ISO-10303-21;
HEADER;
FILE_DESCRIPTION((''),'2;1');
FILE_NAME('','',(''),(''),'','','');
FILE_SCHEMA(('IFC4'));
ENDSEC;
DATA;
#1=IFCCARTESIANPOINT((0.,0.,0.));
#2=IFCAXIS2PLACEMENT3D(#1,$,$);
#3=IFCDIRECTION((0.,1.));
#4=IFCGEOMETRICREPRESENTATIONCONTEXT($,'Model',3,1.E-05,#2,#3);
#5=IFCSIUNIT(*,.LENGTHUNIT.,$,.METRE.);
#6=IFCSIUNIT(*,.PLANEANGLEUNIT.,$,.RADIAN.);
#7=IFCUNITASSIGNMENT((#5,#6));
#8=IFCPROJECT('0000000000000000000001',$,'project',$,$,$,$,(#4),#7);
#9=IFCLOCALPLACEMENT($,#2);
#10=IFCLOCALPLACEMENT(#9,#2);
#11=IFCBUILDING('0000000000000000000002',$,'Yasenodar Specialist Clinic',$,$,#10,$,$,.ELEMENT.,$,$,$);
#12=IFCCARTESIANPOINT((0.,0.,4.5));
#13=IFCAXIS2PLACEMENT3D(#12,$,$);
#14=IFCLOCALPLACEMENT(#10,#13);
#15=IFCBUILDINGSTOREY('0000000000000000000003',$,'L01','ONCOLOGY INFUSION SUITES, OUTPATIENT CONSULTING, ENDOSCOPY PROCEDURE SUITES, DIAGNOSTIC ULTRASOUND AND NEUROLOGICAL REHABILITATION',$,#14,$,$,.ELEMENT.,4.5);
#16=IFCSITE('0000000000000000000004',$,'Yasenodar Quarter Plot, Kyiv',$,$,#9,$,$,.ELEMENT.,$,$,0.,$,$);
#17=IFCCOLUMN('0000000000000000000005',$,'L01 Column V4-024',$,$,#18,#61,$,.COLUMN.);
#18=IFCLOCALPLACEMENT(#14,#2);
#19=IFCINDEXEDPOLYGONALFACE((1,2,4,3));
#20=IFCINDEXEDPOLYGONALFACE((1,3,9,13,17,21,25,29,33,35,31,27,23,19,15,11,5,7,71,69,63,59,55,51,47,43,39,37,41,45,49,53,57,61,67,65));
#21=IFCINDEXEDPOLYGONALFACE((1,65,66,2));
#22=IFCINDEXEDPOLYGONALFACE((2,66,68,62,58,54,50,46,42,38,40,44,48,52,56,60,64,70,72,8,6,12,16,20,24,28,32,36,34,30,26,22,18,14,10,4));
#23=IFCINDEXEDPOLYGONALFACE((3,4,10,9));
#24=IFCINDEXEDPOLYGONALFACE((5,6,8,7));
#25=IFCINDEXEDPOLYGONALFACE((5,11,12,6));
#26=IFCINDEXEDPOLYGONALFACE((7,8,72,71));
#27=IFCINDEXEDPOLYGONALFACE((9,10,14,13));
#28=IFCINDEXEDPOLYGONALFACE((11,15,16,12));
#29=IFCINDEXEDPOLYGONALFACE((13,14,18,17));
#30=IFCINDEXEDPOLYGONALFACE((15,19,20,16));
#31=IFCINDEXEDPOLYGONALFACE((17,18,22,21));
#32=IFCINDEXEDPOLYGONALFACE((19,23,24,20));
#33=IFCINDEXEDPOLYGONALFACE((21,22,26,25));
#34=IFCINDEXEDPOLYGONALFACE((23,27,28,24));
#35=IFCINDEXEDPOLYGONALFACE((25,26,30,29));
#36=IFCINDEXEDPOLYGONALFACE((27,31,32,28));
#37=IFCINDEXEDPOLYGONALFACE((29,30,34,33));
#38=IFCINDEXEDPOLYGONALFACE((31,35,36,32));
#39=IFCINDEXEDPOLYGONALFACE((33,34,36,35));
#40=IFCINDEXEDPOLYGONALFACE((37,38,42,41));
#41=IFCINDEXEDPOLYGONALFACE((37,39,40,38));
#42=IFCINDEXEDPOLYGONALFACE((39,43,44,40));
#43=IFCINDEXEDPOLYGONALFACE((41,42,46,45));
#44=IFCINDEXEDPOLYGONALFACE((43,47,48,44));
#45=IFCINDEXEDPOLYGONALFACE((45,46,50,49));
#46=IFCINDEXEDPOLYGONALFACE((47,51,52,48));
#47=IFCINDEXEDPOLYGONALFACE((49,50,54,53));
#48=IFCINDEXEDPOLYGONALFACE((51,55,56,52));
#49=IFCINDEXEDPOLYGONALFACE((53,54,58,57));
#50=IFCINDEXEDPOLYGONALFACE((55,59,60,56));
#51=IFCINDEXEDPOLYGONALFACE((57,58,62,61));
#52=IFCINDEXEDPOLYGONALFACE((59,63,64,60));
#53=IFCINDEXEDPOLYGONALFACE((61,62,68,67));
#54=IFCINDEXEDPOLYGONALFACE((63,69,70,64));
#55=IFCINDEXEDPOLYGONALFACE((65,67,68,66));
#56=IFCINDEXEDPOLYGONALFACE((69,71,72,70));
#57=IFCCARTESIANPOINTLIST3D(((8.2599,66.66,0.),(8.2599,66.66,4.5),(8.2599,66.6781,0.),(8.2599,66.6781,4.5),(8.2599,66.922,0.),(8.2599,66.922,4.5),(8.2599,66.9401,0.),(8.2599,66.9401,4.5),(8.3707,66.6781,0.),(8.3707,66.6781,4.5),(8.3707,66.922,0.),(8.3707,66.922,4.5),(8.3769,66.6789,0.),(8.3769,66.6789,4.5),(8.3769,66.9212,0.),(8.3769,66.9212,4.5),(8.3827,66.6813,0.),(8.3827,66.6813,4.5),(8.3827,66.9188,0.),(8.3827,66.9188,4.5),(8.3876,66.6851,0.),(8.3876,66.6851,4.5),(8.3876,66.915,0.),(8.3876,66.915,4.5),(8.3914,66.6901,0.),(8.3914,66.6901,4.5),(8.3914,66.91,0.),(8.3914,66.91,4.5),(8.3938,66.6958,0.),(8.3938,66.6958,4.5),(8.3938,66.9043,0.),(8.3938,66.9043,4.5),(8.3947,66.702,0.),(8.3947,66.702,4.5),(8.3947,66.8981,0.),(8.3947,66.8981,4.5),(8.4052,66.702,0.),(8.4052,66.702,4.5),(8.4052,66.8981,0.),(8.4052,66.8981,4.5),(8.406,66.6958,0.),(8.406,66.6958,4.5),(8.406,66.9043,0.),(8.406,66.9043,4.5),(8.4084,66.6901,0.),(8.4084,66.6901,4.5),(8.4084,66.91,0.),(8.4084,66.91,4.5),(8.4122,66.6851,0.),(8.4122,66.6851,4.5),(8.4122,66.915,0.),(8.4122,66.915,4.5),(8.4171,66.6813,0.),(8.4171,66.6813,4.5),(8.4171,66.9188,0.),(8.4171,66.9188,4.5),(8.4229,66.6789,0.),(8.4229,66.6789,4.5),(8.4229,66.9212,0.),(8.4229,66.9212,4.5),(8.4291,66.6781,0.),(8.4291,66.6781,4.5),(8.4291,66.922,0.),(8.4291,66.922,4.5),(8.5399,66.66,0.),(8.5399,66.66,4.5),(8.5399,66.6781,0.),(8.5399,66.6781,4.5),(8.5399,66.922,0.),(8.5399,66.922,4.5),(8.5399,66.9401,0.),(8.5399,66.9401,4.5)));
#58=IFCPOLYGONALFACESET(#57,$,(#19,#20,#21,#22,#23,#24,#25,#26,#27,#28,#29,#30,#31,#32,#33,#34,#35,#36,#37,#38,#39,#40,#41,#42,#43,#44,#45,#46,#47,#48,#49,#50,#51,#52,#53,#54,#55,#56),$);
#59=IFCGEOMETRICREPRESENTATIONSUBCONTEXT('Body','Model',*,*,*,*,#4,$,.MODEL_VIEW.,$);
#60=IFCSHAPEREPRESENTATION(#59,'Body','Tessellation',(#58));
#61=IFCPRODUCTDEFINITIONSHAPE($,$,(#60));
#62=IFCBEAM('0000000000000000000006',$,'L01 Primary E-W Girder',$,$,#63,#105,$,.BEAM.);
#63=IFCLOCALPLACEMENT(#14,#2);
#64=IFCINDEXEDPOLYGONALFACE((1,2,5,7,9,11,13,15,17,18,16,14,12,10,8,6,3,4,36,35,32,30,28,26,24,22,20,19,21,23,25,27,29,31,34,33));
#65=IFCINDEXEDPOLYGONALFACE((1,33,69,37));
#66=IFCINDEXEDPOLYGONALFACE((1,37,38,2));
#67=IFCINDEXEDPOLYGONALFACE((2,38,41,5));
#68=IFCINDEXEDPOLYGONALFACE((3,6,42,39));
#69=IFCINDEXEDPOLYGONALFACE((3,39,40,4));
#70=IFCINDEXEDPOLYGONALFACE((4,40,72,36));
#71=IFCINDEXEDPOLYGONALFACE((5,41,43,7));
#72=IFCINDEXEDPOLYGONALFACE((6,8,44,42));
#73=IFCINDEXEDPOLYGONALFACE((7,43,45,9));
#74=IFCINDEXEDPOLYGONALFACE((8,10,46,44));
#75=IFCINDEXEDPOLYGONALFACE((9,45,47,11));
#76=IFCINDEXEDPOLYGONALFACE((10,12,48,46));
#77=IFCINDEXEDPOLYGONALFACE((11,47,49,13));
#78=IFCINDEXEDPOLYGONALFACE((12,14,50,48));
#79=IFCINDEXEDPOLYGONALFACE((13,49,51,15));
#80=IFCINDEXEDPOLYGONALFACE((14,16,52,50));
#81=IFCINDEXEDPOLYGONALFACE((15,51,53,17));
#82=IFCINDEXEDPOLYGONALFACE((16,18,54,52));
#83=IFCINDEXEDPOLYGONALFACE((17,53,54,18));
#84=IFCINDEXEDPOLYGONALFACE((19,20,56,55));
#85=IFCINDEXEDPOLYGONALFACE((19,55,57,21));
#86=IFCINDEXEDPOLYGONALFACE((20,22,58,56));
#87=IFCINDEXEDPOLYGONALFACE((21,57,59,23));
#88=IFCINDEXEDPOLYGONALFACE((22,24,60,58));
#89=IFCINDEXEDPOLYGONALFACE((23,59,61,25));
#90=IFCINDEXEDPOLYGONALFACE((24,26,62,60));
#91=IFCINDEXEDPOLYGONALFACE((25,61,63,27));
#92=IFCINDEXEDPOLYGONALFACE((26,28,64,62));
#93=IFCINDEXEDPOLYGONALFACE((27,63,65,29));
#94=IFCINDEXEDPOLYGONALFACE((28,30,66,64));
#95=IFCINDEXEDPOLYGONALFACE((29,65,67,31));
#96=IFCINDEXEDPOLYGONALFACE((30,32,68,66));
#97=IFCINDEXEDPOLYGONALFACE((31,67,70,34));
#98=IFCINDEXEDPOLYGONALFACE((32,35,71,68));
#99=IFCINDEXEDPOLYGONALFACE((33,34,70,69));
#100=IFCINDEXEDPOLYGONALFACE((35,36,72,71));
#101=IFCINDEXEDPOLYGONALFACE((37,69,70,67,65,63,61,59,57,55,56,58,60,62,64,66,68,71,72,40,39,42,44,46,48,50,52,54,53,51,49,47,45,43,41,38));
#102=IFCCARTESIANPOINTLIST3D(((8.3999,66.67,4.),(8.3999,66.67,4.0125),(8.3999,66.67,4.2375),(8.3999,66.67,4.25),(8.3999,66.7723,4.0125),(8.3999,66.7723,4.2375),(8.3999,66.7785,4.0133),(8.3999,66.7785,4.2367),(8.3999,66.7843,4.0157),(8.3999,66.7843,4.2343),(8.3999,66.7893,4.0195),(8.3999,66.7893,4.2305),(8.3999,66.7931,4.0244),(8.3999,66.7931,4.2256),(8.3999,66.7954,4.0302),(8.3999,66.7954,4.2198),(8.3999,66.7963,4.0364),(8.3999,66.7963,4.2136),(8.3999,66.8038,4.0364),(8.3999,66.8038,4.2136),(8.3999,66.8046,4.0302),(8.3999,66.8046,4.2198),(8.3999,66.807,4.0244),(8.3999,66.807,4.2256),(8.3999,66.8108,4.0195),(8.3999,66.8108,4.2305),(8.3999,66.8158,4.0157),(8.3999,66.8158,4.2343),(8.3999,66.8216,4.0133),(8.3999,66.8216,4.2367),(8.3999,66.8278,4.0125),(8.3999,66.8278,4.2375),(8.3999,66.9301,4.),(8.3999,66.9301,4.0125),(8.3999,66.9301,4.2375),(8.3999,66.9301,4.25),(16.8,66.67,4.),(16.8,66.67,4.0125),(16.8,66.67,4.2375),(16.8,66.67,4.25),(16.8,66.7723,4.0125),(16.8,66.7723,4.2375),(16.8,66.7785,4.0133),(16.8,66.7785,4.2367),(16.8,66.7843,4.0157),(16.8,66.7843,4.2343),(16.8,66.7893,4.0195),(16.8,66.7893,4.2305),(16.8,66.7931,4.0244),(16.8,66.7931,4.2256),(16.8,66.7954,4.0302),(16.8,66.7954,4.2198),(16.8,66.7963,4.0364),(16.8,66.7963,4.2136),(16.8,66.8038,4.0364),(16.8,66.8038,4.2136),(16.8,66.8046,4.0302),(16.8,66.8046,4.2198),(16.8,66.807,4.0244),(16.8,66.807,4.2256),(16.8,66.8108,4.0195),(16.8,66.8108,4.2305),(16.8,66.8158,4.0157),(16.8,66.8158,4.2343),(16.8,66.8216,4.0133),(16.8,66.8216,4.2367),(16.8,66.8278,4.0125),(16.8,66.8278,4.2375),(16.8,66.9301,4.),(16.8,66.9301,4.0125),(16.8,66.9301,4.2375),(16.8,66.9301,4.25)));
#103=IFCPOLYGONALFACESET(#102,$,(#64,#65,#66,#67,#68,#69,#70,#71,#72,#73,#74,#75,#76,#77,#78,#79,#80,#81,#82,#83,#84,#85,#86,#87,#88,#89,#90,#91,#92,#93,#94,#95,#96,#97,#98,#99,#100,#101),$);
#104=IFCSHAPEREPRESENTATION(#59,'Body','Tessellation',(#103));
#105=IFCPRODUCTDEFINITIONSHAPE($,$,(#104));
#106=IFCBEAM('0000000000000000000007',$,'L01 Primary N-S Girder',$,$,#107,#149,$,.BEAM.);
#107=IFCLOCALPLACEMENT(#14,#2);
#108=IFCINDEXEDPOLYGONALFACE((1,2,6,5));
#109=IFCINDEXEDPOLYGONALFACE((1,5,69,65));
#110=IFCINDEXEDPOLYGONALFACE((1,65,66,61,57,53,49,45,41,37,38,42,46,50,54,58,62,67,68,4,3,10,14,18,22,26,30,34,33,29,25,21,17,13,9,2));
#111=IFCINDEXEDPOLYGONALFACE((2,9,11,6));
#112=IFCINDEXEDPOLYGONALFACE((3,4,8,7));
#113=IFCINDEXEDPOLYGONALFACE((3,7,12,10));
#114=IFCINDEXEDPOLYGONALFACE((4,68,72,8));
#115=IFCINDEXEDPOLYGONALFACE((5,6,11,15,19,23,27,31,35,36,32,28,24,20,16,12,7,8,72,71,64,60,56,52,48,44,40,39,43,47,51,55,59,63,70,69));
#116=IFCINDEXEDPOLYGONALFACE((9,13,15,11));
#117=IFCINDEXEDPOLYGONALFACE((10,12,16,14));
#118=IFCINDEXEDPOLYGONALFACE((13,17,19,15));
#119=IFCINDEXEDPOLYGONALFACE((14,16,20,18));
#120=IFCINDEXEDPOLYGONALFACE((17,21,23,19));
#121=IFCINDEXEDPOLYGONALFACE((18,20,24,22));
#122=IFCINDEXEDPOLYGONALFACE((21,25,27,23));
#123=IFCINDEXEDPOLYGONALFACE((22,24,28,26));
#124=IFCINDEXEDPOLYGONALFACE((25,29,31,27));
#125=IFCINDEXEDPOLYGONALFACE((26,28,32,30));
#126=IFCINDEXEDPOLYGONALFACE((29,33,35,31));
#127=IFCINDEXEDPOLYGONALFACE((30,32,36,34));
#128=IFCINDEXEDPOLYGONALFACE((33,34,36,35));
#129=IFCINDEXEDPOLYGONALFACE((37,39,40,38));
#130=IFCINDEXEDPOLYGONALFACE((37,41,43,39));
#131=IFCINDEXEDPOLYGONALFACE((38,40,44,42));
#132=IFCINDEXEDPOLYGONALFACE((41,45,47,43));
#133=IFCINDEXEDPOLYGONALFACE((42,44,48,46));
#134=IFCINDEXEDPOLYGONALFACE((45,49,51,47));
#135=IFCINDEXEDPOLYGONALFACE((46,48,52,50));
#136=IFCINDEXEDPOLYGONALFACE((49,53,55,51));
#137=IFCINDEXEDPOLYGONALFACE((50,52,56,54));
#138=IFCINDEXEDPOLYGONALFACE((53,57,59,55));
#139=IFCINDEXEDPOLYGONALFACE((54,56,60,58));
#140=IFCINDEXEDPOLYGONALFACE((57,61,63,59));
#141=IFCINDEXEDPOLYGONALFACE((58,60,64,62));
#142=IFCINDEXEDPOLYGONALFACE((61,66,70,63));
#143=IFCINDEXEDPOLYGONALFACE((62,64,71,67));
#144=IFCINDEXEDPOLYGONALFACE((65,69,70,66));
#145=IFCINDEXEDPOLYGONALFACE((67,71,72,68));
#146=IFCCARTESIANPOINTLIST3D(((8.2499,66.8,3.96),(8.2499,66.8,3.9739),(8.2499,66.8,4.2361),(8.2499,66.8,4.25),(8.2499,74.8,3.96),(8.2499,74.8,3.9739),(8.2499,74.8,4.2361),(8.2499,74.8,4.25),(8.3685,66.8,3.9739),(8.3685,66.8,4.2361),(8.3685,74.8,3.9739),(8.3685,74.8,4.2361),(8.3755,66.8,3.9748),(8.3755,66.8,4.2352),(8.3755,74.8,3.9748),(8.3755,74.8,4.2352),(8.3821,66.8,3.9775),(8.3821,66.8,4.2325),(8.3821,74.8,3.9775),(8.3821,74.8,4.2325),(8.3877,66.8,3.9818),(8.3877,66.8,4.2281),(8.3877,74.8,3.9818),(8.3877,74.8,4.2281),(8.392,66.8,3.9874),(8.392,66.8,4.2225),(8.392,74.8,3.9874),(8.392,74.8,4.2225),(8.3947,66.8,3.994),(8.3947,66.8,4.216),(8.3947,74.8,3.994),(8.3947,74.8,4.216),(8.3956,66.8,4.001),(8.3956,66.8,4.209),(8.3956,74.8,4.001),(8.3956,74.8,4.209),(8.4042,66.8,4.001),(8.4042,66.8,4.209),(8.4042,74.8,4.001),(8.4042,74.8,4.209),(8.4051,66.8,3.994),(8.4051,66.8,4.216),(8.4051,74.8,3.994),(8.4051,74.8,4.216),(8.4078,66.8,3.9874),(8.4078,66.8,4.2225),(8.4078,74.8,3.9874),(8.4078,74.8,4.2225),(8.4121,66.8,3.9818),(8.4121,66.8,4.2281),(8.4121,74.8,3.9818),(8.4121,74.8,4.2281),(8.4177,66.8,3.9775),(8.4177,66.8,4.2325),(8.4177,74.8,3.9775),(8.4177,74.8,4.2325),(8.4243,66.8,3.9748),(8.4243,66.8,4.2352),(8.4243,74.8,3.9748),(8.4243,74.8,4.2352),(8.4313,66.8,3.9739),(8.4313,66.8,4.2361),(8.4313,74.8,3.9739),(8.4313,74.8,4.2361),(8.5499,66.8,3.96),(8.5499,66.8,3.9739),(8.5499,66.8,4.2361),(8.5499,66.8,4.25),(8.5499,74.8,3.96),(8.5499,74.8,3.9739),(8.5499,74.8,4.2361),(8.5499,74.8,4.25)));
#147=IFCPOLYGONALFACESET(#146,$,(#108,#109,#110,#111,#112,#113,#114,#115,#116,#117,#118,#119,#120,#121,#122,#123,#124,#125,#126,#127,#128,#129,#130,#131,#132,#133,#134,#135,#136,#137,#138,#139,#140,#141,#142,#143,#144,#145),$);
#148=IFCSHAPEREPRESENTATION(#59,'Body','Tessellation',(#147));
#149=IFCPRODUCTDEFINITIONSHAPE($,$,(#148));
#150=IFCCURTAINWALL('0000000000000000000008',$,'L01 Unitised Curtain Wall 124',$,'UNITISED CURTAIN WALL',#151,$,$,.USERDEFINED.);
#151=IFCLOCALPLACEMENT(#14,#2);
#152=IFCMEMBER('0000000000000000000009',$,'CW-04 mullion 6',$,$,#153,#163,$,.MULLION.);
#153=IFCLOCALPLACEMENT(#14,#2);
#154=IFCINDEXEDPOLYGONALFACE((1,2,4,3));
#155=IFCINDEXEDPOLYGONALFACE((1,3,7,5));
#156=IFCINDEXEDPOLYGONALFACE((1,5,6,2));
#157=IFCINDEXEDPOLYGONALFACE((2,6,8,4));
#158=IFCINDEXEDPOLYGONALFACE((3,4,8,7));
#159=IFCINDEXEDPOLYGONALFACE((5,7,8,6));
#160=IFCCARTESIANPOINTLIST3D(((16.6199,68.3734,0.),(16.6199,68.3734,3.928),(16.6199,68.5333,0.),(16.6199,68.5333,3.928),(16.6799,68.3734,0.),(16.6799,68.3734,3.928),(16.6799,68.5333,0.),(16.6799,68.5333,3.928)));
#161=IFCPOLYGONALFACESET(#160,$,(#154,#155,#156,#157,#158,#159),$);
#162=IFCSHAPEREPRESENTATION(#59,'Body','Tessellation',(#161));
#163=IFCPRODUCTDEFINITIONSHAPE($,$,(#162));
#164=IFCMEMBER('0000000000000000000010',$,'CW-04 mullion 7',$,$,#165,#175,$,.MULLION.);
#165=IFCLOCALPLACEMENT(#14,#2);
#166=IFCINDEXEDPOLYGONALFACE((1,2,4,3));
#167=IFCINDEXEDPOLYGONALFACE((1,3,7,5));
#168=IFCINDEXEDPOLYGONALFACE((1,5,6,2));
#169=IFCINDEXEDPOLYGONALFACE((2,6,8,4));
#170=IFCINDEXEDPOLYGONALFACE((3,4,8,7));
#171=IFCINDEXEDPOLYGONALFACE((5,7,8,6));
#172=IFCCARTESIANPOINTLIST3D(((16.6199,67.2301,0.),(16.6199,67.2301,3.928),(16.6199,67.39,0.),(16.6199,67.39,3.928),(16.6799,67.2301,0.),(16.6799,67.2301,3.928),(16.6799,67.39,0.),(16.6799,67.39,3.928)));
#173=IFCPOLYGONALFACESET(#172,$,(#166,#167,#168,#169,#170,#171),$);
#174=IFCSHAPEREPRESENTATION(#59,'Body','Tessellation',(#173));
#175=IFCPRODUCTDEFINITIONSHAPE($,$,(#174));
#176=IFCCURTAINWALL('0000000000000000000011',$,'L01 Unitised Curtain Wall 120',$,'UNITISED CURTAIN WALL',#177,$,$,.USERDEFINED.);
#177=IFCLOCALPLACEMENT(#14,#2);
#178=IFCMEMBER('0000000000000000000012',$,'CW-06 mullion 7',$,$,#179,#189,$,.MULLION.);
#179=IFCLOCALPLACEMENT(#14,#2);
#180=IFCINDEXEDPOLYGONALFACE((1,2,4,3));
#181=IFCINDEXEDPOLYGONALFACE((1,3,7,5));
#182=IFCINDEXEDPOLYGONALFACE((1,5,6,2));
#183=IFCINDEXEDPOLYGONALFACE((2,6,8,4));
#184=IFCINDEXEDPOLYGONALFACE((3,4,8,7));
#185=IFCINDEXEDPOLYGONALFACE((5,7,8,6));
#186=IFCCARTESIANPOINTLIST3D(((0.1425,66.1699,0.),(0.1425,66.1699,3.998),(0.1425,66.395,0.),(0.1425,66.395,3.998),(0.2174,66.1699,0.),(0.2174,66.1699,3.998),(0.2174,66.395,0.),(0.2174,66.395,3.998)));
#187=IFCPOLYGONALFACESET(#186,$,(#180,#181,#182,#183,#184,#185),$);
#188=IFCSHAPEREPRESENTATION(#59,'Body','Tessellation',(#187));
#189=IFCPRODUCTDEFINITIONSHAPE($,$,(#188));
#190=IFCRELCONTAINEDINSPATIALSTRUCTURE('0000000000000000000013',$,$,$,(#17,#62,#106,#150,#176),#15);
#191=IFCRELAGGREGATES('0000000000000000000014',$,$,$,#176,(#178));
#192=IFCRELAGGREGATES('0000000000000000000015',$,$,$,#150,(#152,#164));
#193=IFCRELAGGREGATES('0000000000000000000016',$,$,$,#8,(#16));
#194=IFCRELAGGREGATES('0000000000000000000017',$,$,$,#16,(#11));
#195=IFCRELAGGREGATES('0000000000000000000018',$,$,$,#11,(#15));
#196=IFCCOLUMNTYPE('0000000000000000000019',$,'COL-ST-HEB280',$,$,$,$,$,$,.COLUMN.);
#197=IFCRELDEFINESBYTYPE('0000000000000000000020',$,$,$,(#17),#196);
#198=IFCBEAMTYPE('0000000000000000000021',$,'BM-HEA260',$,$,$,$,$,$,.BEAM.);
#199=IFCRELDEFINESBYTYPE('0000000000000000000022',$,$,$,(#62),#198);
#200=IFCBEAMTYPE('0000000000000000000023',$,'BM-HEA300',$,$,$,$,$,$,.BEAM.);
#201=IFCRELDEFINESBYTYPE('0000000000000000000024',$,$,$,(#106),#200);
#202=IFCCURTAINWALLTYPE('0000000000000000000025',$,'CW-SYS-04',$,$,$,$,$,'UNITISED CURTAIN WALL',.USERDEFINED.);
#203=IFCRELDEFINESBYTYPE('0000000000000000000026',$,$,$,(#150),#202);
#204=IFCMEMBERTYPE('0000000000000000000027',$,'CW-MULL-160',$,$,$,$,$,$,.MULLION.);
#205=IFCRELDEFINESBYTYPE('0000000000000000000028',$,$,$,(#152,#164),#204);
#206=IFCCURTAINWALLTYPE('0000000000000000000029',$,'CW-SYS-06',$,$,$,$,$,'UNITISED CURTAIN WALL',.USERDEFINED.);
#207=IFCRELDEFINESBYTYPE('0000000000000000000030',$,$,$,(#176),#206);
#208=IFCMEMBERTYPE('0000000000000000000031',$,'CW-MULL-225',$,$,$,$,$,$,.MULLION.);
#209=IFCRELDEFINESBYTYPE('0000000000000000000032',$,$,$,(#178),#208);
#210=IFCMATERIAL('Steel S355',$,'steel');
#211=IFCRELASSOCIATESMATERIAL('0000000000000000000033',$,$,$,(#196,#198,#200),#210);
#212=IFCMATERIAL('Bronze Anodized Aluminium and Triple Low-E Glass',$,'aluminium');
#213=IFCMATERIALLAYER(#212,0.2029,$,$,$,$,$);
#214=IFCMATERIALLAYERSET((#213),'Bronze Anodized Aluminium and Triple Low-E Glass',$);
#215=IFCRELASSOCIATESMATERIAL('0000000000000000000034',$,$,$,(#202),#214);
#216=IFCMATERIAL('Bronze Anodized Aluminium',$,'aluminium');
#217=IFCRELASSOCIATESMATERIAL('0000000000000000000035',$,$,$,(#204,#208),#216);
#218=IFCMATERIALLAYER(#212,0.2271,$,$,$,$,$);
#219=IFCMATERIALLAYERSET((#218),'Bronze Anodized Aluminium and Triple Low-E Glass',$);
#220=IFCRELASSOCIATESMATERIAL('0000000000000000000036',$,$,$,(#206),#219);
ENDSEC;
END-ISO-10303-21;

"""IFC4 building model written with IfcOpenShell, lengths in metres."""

from ifc_helpers import new_model, si_unit, direction, frame, origin, origin_2d, place, context, subcontext, project, spatial, rectangle, i_section, extrude, material, layer, layer_set, material_profile, profile_set, type_object, element, aggregate, save


model = new_model("IFC4")

# Units and contexts
model_context = context("Model", 3, precision=1e-05, world=origin(), true_north=direction((0.0, 1.0)))
body_context = subcontext(model_context, "Body", "Model", "MODEL_VIEW")
ifc_project = project(units=[si_unit("LENGTHUNIT", "METRE"), si_unit("PLANEANGLEUNIT", "RADIAN")], contexts=[model_context])

# Site, building, storey
site_placement = place(None, origin())
site = spatial("IfcSite", under=ifc_project, at=site_placement, Name="Yasenodar Quarter Plot, Kyiv", CompositionType="ELEMENT", RefElevation=0.0)
building_placement = place(site_placement, origin())
building = spatial("IfcBuilding", under=site, at=building_placement, Name="Yasenodar Specialist Clinic", CompositionType="ELEMENT")
storey_placement = place(building_placement, frame((0.0, 0.0, 4.5)))
storey = spatial("IfcBuildingStorey", under=building, at=storey_placement, Name="L01", Description="ONCOLOGY INFUSION SUITES, OUTPATIENT CONSULTING, ENDOSCOPY PROCEDURE SUITES, DIAGNOSTIC ULTRASOUND AND NEUROLOGICAL REHABILITATION", CompositionType="ELEMENT", Elevation=4.5)

# Column
ifc_material_1 = material(Name="Steel S355", Category="steel")
ifc_material_profile_1 = material_profile(ifc_material_1, i_section(OverallWidth=0.28, OverallDepth=0.28, WebThickness=0.0105, FlangeThickness=0.0181, FilletRadius=0.0239, at=origin_2d()), Name="HEB 280")
ifc_profile_set_1 = profile_set([ifc_material_profile_1], Name="Steel S355")
column_type = type_object("IfcColumnType", Name="COL-ST-HEB280", PredefinedType="COLUMN", material=ifc_profile_set_1)
column_placement = place(storey_placement, frame((8.3999, 66.8, 0.0), z_axis=(0.0, 0.0, 1.0), x_axis=(1.0, 0.0, 0.0)))
element("IfcColumn", 1, at=column_placement, inside=storey, type_object=column_type, Name="L01 Column V4-024", PredefinedType="COLUMN", context=body_context, shape_type="SweptSolid", body=[
    extrude(i_section(OverallWidth=0.28, OverallDepth=0.28, WebThickness=0.0105, FlangeThickness=0.0181, FilletRadius=0.0239, at=origin_2d()), origin(), (0.0, 0.0, 1.0), 4.5),
])

# Beams
ifc_material_profile_2 = material_profile(ifc_material_1, i_section(OverallWidth=0.26, OverallDepth=0.25, WebThickness=0.0076, FlangeThickness=0.0125, FilletRadius=0.0239, at=origin_2d()), Name="HEA 260")
ifc_profile_set_2 = profile_set([ifc_material_profile_2], Name="Steel S355")
beam_type_1 = type_object("IfcBeamType", Name="BM-HEA260", PredefinedType="BEAM", material=ifc_profile_set_2)
beam_1_placement = place(storey_placement, frame((8.3999, 66.8, 4.125), z_axis=(1.0, 0.0, 0.0), x_axis=(0.0, 1.0, 0.0)))
element("IfcBeam", 2, at=beam_1_placement, inside=storey, type_object=beam_type_1, Name="L01 Primary E-W Girder", PredefinedType="BEAM", context=body_context, shape_type="SweptSolid", body=[
    extrude(i_section(OverallWidth=0.26, OverallDepth=0.25, WebThickness=0.0076, FlangeThickness=0.0125, FilletRadius=0.0239, at=origin_2d()), origin(), (0.0, 0.0, 1.0), 8.4001),
])
ifc_material_profile_3 = material_profile(ifc_material_1, i_section(OverallWidth=0.3, OverallDepth=0.29, WebThickness=0.0085, FlangeThickness=0.0139, FilletRadius=0.0271, at=origin_2d()), Name="HEA 300")
ifc_profile_set_3 = profile_set([ifc_material_profile_3], Name="Steel S355")
beam_type_2 = type_object("IfcBeamType", Name="BM-HEA300", PredefinedType="BEAM", material=ifc_profile_set_3)
beam_2_placement = place(storey_placement, frame((8.3999, 66.8, 4.105), z_axis=(0.0, 1.0, 0.0), x_axis=(-1.0, 0.0, 0.0)))
element("IfcBeam", 3, at=beam_2_placement, inside=storey, type_object=beam_type_2, Name="L01 Primary N-S Girder", PredefinedType="BEAM", context=body_context, shape_type="SweptSolid", body=[
    extrude(i_section(OverallWidth=0.3, OverallDepth=0.29, WebThickness=0.0085, FlangeThickness=0.0139, FilletRadius=0.0271, at=origin_2d()), origin(), (0.0, 0.0, 1.0), 8.0),
])

# Curtain wall, members
ifc_material_2 = material(Name="Bronze Anodized Aluminium and Triple Low-E Glass", Category="aluminium")
ifc_layer_1 = layer(ifc_material_2, 0.2029)
ifc_layer_set_1 = layer_set([ifc_layer_1], Name="Bronze Anodized Aluminium and Triple Low-E Glass")
curtain_wall_type_1 = type_object("IfcCurtainWallType", Name="CW-SYS-04", ElementType="UNITISED CURTAIN WALL", PredefinedType="USERDEFINED", material=ifc_layer_set_1)
curtain_wall_1_placement = place(storey_placement, origin())
curtain_wall_1 = element("IfcCurtainWall", 4, at=curtain_wall_1_placement, inside=storey, type_object=curtain_wall_type_1, Name="L01 Unitised Curtain Wall 124", ObjectType="UNITISED CURTAIN WALL", PredefinedType="USERDEFINED")
ifc_material_3 = material(Name="Bronze Anodized Aluminium", Category="aluminium")
ifc_material_profile_4 = material_profile(ifc_material_3, rectangle(XDim=0.0601, YDim=0.1599, at=origin_2d()), Name="CW-MULL 60x160")
ifc_profile_set_4 = profile_set([ifc_material_profile_4], Name="Bronze Anodized Aluminium")
member_type_1 = type_object("IfcMemberType", Name="CW-MULL-160", PredefinedType="MULLION", material=ifc_profile_set_4)
member_1_placement = place(storey_placement, frame((16.6499, 68.4534, 0.0), z_axis=(0.0, 0.0, 1.0), x_axis=(1.0, 0.0, 0.0)))
member_1 = element("IfcMember", 5, at=member_1_placement, type_object=member_type_1, Name="CW-04 mullion 6", PredefinedType="MULLION", context=body_context, shape_type="SweptSolid", body=[
    extrude(rectangle(XDim=0.0601, YDim=0.1599, at=origin_2d()), origin(), (0.0, 0.0, 1.0), 3.928),
])
member_2_placement = place(storey_placement, frame((16.6499, 67.3101, 0.0), z_axis=(0.0, 0.0, 1.0), x_axis=(1.0, 0.0, 0.0)))
member_2 = element("IfcMember", 6, at=member_2_placement, type_object=member_type_1, Name="CW-04 mullion 7", PredefinedType="MULLION", context=body_context, shape_type="SweptSolid", body=[
    extrude(rectangle(XDim=0.0601, YDim=0.1599, at=origin_2d()), origin(), (0.0, 0.0, 1.0), 3.928),
])

# Curtain wall, member
ifc_layer_2 = layer(ifc_material_2, 0.2271)
ifc_layer_set_2 = layer_set([ifc_layer_2], Name="Bronze Anodized Aluminium and Triple Low-E Glass")
curtain_wall_type_2 = type_object("IfcCurtainWallType", Name="CW-SYS-06", ElementType="UNITISED CURTAIN WALL", PredefinedType="USERDEFINED", material=ifc_layer_set_2)
curtain_wall_2_placement = place(storey_placement, origin())
curtain_wall_2 = element("IfcCurtainWall", 7, at=curtain_wall_2_placement, inside=storey, type_object=curtain_wall_type_2, Name="L01 Unitised Curtain Wall 120", ObjectType="UNITISED CURTAIN WALL", PredefinedType="USERDEFINED")
ifc_material_profile_5 = material_profile(ifc_material_3, rectangle(XDim=0.075, YDim=0.2251, at=origin_2d()), Name="CW-MULL 75x225")
ifc_profile_set_5 = profile_set([ifc_material_profile_5], Name="Bronze Anodized Aluminium")
member_type_2 = type_object("IfcMemberType", Name="CW-MULL-225", PredefinedType="MULLION", material=ifc_profile_set_5)
member_3_placement = place(storey_placement, frame((0.1799, 66.2825, 0.0), z_axis=(0.0, 0.0, 1.0), x_axis=(-1.0, 0.0, 0.0)))
member_3 = element("IfcMember", 8, at=member_3_placement, type_object=member_type_2, Name="CW-06 mullion 7", PredefinedType="MULLION", context=body_context, shape_type="SweptSolid", body=[
    extrude(rectangle(XDim=0.075, YDim=0.2251, at=origin_2d()), origin(), (0.0, 0.0, 1.0), 3.998),
])

aggregate(curtain_wall_2, [member_3])
aggregate(curtain_wall_1, [member_1, member_2])

save(model, "model.ifc")
